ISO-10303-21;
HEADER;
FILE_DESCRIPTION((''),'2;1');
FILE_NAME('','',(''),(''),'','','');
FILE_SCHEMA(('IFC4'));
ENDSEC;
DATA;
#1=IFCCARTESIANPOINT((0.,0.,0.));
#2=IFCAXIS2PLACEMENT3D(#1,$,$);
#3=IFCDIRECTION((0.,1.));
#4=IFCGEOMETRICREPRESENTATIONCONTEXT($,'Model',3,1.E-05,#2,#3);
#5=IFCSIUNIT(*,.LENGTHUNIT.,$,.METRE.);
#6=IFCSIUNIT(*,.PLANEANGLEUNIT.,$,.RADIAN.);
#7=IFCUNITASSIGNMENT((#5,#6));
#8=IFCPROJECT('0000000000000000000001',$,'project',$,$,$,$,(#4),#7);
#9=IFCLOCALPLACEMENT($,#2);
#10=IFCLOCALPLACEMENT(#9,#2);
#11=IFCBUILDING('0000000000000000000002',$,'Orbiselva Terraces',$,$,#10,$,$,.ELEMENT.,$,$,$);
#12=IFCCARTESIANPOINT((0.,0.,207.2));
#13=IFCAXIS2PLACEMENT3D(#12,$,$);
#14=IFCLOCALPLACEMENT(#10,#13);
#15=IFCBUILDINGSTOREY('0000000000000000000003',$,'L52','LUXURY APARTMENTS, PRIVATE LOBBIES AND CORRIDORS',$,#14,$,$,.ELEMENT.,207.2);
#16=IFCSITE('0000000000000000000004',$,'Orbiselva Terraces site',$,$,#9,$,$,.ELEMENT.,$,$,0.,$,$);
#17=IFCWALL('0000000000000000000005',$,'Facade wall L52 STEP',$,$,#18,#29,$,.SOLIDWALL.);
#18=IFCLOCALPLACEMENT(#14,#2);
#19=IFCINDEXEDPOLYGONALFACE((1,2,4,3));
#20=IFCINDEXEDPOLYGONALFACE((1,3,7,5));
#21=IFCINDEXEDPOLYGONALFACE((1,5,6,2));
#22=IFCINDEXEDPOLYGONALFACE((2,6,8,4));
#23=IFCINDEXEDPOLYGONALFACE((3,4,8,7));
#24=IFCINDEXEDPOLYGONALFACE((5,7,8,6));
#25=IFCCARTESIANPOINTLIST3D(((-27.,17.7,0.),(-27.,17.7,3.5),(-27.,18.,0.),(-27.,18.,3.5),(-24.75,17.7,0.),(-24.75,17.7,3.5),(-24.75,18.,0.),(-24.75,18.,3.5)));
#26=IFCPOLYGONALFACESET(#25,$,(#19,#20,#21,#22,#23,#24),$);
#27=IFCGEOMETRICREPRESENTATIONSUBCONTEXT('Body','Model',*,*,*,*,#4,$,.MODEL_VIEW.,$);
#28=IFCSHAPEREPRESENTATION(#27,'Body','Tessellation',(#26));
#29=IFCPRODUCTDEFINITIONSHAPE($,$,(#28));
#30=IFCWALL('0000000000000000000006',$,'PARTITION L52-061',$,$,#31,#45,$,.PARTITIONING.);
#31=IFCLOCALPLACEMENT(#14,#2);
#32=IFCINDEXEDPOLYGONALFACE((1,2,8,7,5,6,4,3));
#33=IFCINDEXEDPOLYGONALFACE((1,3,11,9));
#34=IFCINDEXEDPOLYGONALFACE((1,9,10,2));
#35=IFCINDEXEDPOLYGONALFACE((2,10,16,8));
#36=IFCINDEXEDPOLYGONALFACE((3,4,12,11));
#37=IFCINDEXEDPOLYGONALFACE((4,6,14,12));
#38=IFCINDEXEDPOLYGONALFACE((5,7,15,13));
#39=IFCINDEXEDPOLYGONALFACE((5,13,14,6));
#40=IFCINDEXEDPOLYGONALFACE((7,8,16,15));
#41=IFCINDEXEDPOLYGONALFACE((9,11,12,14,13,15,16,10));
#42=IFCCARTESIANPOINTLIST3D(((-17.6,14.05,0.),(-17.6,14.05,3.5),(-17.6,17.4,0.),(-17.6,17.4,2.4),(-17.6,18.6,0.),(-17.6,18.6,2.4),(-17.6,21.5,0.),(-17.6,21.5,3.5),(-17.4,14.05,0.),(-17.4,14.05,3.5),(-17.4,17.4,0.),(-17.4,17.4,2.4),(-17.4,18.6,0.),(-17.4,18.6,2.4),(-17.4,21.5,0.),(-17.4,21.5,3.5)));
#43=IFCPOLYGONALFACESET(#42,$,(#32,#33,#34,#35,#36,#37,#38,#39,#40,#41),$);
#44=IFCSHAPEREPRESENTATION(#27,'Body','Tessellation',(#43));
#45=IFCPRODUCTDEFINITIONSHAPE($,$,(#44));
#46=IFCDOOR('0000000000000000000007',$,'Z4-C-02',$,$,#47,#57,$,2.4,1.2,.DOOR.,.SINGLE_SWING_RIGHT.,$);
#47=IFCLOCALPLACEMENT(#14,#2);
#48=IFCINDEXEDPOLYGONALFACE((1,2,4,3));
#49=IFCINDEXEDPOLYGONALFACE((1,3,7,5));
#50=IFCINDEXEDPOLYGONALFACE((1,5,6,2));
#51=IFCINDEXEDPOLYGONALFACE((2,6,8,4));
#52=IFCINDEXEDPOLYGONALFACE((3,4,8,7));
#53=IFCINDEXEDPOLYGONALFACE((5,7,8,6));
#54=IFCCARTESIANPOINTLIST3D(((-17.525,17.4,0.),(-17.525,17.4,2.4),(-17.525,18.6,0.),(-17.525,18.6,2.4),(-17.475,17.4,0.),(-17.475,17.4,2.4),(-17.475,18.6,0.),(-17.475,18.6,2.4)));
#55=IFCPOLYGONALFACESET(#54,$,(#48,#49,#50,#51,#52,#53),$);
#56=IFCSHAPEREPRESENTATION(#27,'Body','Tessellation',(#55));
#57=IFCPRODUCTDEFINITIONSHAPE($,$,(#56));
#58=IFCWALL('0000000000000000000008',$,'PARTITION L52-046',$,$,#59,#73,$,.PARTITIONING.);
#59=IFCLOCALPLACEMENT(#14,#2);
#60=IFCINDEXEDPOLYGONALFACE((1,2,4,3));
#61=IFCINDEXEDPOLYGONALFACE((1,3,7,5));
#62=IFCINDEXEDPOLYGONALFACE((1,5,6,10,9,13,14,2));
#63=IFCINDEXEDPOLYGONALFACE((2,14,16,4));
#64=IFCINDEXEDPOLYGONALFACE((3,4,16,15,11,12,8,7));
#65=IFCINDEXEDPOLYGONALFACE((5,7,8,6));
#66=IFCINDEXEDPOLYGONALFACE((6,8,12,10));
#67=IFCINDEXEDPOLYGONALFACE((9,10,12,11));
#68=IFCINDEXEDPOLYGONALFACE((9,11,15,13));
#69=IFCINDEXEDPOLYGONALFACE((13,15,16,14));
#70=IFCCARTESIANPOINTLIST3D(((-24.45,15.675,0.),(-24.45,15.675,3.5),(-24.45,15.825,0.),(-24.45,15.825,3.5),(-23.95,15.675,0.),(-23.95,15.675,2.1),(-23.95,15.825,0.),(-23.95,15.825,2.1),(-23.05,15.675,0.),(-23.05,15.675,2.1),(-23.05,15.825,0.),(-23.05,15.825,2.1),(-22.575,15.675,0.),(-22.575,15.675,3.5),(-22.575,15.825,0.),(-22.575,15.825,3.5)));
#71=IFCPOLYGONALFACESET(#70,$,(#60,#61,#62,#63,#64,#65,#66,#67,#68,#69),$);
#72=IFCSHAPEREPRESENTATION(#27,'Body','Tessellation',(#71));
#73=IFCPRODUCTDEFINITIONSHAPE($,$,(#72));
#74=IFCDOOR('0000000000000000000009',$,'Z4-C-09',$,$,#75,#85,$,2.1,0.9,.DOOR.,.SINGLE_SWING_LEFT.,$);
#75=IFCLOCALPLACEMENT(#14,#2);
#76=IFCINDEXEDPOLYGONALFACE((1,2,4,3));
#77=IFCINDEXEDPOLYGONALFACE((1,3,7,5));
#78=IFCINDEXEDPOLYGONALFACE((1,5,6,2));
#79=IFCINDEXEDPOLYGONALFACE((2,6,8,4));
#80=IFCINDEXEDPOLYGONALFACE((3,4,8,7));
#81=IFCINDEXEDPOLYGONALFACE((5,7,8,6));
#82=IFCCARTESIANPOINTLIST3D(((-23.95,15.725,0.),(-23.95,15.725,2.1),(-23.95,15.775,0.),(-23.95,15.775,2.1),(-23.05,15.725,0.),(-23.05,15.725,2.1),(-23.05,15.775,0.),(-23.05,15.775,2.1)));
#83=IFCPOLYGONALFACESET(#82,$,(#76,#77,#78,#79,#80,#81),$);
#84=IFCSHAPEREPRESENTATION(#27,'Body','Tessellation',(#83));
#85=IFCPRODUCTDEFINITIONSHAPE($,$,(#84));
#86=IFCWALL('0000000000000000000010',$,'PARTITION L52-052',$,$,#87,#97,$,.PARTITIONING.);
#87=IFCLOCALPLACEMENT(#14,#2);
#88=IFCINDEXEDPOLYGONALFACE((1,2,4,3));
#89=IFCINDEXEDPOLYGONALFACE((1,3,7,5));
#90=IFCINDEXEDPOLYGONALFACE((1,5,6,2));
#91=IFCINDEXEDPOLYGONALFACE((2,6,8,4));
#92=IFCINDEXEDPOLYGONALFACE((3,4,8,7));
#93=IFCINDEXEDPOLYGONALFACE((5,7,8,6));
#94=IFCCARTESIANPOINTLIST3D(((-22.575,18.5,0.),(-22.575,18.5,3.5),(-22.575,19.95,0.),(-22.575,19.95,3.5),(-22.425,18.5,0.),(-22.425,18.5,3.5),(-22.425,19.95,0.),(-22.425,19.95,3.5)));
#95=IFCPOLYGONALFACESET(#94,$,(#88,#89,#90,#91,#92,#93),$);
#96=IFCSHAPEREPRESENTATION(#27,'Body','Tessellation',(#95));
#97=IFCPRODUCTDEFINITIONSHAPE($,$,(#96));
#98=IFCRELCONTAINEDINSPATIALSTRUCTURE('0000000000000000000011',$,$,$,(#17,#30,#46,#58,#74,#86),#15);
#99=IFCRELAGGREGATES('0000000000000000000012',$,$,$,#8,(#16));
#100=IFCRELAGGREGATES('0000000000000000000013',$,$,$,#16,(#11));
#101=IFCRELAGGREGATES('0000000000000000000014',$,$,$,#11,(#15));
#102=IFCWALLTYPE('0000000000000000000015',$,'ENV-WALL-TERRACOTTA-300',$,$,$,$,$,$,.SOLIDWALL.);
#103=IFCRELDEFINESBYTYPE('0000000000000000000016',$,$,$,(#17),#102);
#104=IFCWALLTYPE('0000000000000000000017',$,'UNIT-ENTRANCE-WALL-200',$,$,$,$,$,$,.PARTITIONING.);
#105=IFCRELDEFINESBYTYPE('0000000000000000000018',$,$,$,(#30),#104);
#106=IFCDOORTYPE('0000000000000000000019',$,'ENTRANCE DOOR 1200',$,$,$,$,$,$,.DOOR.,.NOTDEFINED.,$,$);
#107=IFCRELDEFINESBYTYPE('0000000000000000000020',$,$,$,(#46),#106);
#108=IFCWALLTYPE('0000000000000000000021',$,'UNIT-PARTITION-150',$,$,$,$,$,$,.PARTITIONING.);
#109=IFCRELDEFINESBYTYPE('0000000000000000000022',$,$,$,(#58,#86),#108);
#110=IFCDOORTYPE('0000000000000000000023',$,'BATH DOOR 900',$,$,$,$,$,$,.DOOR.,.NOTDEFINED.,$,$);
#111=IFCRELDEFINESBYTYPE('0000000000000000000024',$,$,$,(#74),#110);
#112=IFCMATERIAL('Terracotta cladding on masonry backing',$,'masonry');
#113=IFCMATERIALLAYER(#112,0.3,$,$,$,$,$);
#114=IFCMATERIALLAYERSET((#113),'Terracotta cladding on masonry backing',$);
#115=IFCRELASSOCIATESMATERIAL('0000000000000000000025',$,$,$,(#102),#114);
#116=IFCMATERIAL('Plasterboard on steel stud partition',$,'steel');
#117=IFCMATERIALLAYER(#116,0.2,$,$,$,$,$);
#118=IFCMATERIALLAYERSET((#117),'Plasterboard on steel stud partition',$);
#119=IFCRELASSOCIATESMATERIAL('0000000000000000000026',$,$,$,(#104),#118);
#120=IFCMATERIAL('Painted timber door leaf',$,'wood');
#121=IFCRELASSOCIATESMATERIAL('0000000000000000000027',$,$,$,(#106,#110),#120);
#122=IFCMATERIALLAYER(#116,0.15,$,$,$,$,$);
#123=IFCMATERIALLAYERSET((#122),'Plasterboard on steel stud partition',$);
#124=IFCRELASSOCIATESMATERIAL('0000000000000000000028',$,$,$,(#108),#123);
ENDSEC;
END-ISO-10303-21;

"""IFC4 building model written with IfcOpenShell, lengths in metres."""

from ifc_helpers import new_model, si_unit, direction, frame, frame_2d, origin, place, context, subcontext, project, spatial, rectangle, extrude, material, layer, layer_set, type_object, element, fill, save


model = new_model("IFC4")

# Units and contexts
model_context = context("Model", 3, precision=1e-05, world=origin(), true_north=direction((0.0, 1.0)))
body_context = subcontext(model_context, "Body", "Model", "MODEL_VIEW")
ifc_project = project(units=[si_unit("LENGTHUNIT", "METRE"), si_unit("PLANEANGLEUNIT", "RADIAN")], contexts=[model_context])

# Site, building, storey
site_placement = place(None, origin())
site = spatial("IfcSite", under=ifc_project, at=site_placement, Name="Orbiselva Terraces site", CompositionType="ELEMENT", RefElevation=0.0)
building_placement = place(site_placement, origin())
building = spatial("IfcBuilding", under=site, at=building_placement, Name="Orbiselva Terraces", CompositionType="ELEMENT")
storey_placement = place(building_placement, frame((0.0, 0.0, 207.2)))
storey = spatial("IfcBuildingStorey", under=building, at=storey_placement, Name="L52", Description="LUXURY APARTMENTS, PRIVATE LOBBIES AND CORRIDORS", CompositionType="ELEMENT", Elevation=207.2)

# Shared definitions
ifc_material_1 = material(Name="Terracotta cladding on masonry backing", Category="masonry")
ifc_layer_1 = layer(ifc_material_1, 0.3)
ifc_layer_set_1 = layer_set([ifc_layer_1], Name="Terracotta cladding on masonry backing")
wall_type_1 = type_object("IfcWallType", Name="ENV-WALL-TERRACOTTA-300", PredefinedType="SOLIDWALL", material=ifc_layer_set_1)

# Wall
wall_1_placement = place(storey_placement, frame((-27.0, 17.85, 0.0), z_axis=(0.0, 0.0, 1.0), x_axis=(1.0, 0.0, 0.0)))
element("IfcWall", 1, at=wall_1_placement, inside=storey, type_object=wall_type_1, Name="Facade wall L52 STEP", PredefinedType="SOLIDWALL", context=body_context, shape_type="SweptSolid", body=[
    extrude(rectangle(XDim=2.25, YDim=0.3, at=frame_2d((1.125, 0.0))), origin(), (0.0, 0.0, 1.0), 3.5),
])

# Walls, openings, doors
ifc_material_2 = material(Name="Plasterboard on steel stud partition", Category="steel")
ifc_layer_2 = layer(ifc_material_2, 0.2)
ifc_layer_set_2 = layer_set([ifc_layer_2], Name="Plasterboard on steel stud partition")
wall_type_2 = type_object("IfcWallType", Name="UNIT-ENTRANCE-WALL-200", PredefinedType="PARTITIONING", material=ifc_layer_set_2)
wall_2_placement = place(storey_placement, frame((-17.5, 14.05, 0.0), z_axis=(0.0, 0.0, 1.0), x_axis=(0.0, 1.0, 0.0)))
wall_2 = element("IfcWall", 2, at=wall_2_placement, inside=storey, type_object=wall_type_2, Name="PARTITION L52-061", PredefinedType="PARTITIONING", context=body_context, shape_type="SweptSolid", body=[
    extrude(rectangle(XDim=7.45, YDim=0.2, at=frame_2d((3.725, 0.0))), origin(), (0.0, 0.0, 1.0), 3.5),
])
opening_1_placement = place(wall_2_placement, frame((3.35, 0.0, 0.0)))
opening_1 = element("IfcOpeningElement", 3, at=opening_1_placement, cuts=wall_2, PredefinedType="OPENING", context=body_context, shape_type="SweptSolid", body=[
    extrude(rectangle(XDim=1.2, YDim=2.4, at=frame_2d((0.6, 1.2))), frame((0.0, 0.11, 0.0), z_axis=(0.0, -1.0, 0.0), x_axis=(1.0, 0.0, 0.0)), (0.0, 0.0, 1.0), 0.22),
])
ifc_material_3 = material(Name="Painted timber door leaf", Category="wood")
door_type_1 = type_object("IfcDoorType", Name="ENTRANCE DOOR 1200", OperationType="NOTDEFINED", PredefinedType="DOOR", material=ifc_material_3)
door_1_placement = place(opening_1_placement, origin())
door_1 = element("IfcDoor", 4, at=door_1_placement, inside=storey, type_object=door_type_1, Name="Z4-C-02", OperationType="SINGLE_SWING_RIGHT", OverallHeight=2.4, OverallWidth=1.2, PredefinedType="DOOR", context=body_context, shape_type="SweptSolid", body=[
    extrude(rectangle(XDim=1.2, YDim=2.4, at=frame_2d((0.6, 1.2))), frame((0.0, 0.025, 0.0), z_axis=(0.0, -1.0, 0.0), x_axis=(1.0, 0.0, 0.0)), (0.0, 0.0, 1.0), 0.05),
])
fill(opening_1, door_1)
ifc_layer_3 = layer(ifc_material_2, 0.15)
ifc_layer_set_3 = layer_set([ifc_layer_3], Name="Plasterboard on steel stud partition")
wall_type_3 = type_object("IfcWallType", Name="UNIT-PARTITION-150", PredefinedType="PARTITIONING", material=ifc_layer_set_3)
wall_3_placement = place(storey_placement, frame((-22.575, 15.75, 0.0), z_axis=(0.0, 0.0, 1.0), x_axis=(-1.0, 0.0, 0.0)))
wall_3 = element("IfcWall", 5, at=wall_3_placement, inside=storey, type_object=wall_type_3, Name="PARTITION L52-046", PredefinedType="PARTITIONING", context=body_context, shape_type="SweptSolid", body=[
    extrude(rectangle(XDim=1.875, YDim=0.15, at=frame_2d((0.9375, 0.0))), origin(), (0.0, 0.0, 1.0), 3.5),
])
opening_2_placement = place(wall_3_placement, frame((0.475, 0.0, 0.0)))
opening_2 = element("IfcOpeningElement", 6, at=opening_2_placement, cuts=wall_3, PredefinedType="OPENING", context=body_context, shape_type="SweptSolid", body=[
    extrude(rectangle(XDim=0.9, YDim=2.1, at=frame_2d((0.45, 1.05))), frame((0.0, 0.085, 0.0), z_axis=(0.0, -1.0, 0.0), x_axis=(1.0, 0.0, 0.0)), (0.0, 0.0, 1.0), 0.17),
])
door_type_2 = type_object("IfcDoorType", Name="BATH DOOR 900", OperationType="NOTDEFINED", PredefinedType="DOOR", material=ifc_material_3)
door_2_placement = place(opening_2_placement, origin())
door_2 = element("IfcDoor", 7, at=door_2_placement, inside=storey, type_object=door_type_2, Name="Z4-C-09", OperationType="SINGLE_SWING_LEFT", OverallHeight=2.1, OverallWidth=0.9, PredefinedType="DOOR", context=body_context, shape_type="SweptSolid", body=[
    extrude(rectangle(XDim=0.9, YDim=2.1, at=frame_2d((0.45, 1.05))), frame((0.0, 0.025, 0.0), z_axis=(0.0, -1.0, 0.0), x_axis=(1.0, 0.0, 0.0)), (0.0, 0.0, 1.0), 0.05),
])
fill(opening_2, door_2)

# Wall
wall_4_placement = place(storey_placement, frame((-22.5, 18.5, 0.0), z_axis=(0.0, 0.0, 1.0), x_axis=(0.0, 1.0, 0.0)))
element("IfcWall", 8, at=wall_4_placement, inside=storey, type_object=wall_type_3, Name="PARTITION L52-052", PredefinedType="PARTITIONING", context=body_context, shape_type="SweptSolid", body=[
    extrude(rectangle(XDim=1.45, YDim=0.15, at=frame_2d((0.725, 0.0))), origin(), (0.0, 0.0, 1.0), 3.5),
])

save(model, "model.ifc")
